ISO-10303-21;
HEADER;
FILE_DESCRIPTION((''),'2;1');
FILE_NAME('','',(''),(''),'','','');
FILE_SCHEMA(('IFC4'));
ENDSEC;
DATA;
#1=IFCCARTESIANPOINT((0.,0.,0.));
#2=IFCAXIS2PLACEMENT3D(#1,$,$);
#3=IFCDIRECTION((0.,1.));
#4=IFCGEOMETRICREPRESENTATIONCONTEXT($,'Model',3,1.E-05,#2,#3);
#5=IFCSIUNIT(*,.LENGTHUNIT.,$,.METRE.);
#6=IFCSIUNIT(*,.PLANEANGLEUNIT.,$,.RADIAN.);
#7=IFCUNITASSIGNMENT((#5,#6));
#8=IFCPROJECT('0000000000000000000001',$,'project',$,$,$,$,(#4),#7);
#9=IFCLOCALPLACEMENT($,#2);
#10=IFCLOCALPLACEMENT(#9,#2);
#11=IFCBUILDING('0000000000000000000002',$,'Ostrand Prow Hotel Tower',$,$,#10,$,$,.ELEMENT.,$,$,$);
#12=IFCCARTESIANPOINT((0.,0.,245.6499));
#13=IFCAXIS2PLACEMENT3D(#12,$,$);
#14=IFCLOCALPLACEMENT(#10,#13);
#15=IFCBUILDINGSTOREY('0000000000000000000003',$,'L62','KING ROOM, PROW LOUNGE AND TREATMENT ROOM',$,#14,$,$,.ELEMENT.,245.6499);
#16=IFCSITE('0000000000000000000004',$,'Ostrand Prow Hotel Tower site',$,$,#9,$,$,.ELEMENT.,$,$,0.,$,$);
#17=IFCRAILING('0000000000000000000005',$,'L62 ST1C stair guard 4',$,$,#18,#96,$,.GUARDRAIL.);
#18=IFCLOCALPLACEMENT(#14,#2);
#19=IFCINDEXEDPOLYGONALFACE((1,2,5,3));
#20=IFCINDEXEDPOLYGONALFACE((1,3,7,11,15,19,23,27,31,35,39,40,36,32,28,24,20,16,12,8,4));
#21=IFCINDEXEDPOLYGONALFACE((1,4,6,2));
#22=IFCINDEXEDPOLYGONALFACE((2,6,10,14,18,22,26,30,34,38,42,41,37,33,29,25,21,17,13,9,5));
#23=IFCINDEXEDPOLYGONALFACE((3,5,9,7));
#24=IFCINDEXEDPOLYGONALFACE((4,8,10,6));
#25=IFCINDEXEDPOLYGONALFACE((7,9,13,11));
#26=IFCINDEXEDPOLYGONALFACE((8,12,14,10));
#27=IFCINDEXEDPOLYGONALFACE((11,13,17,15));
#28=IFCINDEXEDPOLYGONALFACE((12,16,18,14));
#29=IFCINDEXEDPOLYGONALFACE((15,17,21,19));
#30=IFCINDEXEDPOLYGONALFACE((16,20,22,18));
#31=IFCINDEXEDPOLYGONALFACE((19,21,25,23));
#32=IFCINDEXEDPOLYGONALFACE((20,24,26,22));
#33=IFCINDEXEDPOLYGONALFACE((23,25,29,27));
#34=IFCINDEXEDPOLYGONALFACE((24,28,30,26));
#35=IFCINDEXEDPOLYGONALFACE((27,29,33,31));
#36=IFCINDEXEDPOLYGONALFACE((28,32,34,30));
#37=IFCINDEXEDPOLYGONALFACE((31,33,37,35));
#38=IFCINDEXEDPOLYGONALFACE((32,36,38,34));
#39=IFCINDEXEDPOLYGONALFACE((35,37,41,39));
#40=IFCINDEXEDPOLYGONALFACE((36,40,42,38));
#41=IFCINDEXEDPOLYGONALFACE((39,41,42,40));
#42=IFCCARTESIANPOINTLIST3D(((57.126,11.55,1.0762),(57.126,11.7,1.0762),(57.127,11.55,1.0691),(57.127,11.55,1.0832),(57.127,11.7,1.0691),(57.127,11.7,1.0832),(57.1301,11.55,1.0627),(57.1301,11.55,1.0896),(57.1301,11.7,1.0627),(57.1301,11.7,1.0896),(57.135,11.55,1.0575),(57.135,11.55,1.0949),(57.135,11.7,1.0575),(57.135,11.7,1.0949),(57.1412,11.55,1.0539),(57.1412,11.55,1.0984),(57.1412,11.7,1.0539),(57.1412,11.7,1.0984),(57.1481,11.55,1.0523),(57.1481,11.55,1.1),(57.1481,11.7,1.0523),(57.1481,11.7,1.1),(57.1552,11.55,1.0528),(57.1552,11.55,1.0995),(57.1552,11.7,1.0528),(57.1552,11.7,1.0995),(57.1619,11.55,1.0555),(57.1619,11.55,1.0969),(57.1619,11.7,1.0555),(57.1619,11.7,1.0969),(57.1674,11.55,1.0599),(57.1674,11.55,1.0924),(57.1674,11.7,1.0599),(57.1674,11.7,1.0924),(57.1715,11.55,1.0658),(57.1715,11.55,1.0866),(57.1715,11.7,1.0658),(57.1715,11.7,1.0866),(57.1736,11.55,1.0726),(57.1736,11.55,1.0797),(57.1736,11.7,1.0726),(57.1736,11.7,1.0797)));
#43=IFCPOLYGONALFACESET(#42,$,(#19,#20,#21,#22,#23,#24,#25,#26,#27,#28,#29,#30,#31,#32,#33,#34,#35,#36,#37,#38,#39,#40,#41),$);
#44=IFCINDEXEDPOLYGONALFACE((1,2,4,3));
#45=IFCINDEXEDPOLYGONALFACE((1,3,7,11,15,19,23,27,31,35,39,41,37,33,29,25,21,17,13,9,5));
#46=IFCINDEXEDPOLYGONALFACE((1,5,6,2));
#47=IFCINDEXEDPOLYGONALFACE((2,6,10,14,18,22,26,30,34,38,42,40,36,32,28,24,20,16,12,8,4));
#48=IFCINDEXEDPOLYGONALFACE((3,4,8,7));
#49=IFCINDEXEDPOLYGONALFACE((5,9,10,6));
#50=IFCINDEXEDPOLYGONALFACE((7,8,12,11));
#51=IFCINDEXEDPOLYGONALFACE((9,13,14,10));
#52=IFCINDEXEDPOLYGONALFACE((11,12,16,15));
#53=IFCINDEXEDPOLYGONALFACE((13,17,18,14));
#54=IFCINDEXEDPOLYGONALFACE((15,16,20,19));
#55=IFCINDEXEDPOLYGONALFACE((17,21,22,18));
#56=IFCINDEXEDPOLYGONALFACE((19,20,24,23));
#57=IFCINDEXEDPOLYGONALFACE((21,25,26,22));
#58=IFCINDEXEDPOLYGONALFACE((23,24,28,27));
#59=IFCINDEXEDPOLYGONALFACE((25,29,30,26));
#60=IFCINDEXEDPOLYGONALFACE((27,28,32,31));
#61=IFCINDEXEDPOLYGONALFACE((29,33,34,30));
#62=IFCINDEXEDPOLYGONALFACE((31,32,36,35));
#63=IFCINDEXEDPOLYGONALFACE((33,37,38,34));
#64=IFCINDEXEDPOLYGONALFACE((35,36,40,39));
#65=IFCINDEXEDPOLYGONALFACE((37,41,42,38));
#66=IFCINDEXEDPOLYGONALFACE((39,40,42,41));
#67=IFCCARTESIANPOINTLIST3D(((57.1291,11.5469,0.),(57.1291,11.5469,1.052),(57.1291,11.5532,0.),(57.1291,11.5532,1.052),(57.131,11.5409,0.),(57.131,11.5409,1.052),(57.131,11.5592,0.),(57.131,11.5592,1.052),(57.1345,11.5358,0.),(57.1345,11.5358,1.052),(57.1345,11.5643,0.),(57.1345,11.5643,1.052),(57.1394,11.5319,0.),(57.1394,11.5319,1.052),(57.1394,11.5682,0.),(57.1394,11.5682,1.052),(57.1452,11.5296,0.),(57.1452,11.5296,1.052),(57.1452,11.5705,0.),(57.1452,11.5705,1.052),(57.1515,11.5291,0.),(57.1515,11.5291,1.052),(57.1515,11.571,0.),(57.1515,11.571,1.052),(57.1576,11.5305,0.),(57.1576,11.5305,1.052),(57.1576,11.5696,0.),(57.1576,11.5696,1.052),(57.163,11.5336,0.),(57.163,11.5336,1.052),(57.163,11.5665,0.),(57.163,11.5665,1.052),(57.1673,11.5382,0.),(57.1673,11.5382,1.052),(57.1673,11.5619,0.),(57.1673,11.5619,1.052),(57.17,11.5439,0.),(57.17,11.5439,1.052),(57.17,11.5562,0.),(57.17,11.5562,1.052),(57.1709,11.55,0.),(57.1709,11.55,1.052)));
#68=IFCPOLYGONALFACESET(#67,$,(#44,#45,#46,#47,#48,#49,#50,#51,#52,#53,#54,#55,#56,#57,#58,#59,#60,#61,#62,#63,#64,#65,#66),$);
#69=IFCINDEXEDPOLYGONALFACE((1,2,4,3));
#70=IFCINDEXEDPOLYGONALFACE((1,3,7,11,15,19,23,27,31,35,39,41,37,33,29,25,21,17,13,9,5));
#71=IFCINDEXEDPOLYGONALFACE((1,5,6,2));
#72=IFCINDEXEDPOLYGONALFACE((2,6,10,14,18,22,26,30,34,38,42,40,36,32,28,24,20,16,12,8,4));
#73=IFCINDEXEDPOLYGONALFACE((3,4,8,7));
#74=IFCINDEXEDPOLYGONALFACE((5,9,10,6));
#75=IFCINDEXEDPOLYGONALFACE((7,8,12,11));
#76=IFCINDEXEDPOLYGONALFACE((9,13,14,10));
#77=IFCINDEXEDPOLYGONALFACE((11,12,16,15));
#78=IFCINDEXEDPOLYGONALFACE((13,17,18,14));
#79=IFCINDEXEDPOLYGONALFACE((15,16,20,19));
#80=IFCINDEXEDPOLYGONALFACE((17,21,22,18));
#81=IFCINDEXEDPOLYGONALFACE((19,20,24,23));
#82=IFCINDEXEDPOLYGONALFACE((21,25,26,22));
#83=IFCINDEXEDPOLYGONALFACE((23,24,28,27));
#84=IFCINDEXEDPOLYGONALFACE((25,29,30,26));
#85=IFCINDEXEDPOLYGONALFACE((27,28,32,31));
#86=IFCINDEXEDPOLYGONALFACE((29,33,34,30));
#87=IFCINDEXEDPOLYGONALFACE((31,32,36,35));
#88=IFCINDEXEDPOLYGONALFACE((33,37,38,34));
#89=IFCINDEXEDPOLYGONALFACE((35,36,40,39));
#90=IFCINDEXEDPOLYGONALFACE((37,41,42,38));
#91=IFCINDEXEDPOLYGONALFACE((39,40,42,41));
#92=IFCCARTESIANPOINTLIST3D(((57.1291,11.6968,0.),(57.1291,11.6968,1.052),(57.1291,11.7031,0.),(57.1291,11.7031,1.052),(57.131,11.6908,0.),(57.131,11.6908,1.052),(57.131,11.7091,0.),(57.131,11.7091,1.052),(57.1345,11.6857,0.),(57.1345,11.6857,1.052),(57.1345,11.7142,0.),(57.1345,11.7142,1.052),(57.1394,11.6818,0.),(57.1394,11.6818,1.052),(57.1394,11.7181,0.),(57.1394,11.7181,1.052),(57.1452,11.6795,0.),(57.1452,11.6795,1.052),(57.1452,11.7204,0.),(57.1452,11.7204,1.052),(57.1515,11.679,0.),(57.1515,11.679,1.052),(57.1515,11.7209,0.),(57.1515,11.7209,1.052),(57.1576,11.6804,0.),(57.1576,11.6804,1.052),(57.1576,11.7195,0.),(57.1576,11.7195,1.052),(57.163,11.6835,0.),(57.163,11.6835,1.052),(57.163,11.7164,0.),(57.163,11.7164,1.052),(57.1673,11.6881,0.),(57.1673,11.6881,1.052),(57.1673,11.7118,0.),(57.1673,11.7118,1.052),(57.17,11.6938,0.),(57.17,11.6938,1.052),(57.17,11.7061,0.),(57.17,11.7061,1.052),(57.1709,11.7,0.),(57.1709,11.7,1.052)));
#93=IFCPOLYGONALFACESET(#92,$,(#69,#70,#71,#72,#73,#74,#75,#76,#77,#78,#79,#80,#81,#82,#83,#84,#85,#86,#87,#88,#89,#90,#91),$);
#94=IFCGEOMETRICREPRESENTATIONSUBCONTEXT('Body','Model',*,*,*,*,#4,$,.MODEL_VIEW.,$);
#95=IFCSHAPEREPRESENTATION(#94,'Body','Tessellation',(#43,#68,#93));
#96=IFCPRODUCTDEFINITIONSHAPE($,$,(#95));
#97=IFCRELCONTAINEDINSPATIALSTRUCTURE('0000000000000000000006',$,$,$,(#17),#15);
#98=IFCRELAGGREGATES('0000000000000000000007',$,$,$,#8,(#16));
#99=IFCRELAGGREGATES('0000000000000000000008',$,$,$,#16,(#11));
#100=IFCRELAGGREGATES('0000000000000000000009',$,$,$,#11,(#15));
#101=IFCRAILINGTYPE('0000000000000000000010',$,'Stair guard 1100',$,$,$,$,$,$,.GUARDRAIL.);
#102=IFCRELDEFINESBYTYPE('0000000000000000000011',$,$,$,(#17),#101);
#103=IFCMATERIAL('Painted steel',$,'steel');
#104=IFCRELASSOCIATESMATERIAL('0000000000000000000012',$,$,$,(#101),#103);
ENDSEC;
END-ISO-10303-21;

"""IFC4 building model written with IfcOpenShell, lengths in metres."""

from ifc_helpers import new_model, si_unit, direction, frame, origin, origin_2d, place, context, subcontext, project, spatial, circle, extrude, material, type_object, element, save


model = new_model("IFC4")

# Units and contexts
model_context = context("Model", 3, precision=1e-05, world=origin(), true_north=direction((0.0, 1.0)))
body_context = subcontext(model_context, "Body", "Model", "MODEL_VIEW")
ifc_project = project(units=[si_unit("LENGTHUNIT", "METRE"), si_unit("PLANEANGLEUNIT", "RADIAN")], contexts=[model_context])

# Site, building, storey
site_placement = place(None, origin())
site = spatial("IfcSite", under=ifc_project, at=site_placement, Name="Ostrand Prow Hotel Tower site", CompositionType="ELEMENT", RefElevation=0.0)
building_placement = place(site_placement, origin())
building = spatial("IfcBuilding", under=site, at=building_placement, Name="Ostrand Prow Hotel Tower", CompositionType="ELEMENT")
storey_placement = place(building_placement, frame((0.0, 0.0, 245.6499)))
storey = spatial("IfcBuildingStorey", under=building, at=storey_placement, Name="L62", Description="KING ROOM, PROW LOUNGE AND TREATMENT ROOM", CompositionType="ELEMENT", Elevation=245.6499)

# Railing
ifc_material_1 = material(Name="Painted steel", Category="steel")
railing_type_1 = type_object("IfcRailingType", Name="Stair guard 1100", PredefinedType="GUARDRAIL", material=ifc_material_1)
railing_1_placement = place(storey_placement, frame((57.1499, 11.55, 0.0)))
element("IfcRailing", 1, at=railing_1_placement, inside=storey, type_object=railing_type_1, Name="L62 ST1C stair guard 4", PredefinedType="GUARDRAIL", context=body_context, shape_type="SweptSolid", body=[
    extrude(circle(Radius=0.0239, at=origin_2d()), frame((0.0, 0.0, 1.0762), z_axis=(0.0, 1.0, 0.0), x_axis=(-1.0, 0.0, 0.0)), (0.0, 0.0, 1.0), 0.1499),
    extrude(circle(Radius=0.021, at=origin_2d()), origin(), (0.0, 0.0, 1.0), 1.052),
    extrude(circle(Radius=0.021, at=origin_2d()), frame((0.0, 0.1499, 0.0)), (0.0, 0.0, 1.0), 1.052),
])

save(model, "model.ifc")
